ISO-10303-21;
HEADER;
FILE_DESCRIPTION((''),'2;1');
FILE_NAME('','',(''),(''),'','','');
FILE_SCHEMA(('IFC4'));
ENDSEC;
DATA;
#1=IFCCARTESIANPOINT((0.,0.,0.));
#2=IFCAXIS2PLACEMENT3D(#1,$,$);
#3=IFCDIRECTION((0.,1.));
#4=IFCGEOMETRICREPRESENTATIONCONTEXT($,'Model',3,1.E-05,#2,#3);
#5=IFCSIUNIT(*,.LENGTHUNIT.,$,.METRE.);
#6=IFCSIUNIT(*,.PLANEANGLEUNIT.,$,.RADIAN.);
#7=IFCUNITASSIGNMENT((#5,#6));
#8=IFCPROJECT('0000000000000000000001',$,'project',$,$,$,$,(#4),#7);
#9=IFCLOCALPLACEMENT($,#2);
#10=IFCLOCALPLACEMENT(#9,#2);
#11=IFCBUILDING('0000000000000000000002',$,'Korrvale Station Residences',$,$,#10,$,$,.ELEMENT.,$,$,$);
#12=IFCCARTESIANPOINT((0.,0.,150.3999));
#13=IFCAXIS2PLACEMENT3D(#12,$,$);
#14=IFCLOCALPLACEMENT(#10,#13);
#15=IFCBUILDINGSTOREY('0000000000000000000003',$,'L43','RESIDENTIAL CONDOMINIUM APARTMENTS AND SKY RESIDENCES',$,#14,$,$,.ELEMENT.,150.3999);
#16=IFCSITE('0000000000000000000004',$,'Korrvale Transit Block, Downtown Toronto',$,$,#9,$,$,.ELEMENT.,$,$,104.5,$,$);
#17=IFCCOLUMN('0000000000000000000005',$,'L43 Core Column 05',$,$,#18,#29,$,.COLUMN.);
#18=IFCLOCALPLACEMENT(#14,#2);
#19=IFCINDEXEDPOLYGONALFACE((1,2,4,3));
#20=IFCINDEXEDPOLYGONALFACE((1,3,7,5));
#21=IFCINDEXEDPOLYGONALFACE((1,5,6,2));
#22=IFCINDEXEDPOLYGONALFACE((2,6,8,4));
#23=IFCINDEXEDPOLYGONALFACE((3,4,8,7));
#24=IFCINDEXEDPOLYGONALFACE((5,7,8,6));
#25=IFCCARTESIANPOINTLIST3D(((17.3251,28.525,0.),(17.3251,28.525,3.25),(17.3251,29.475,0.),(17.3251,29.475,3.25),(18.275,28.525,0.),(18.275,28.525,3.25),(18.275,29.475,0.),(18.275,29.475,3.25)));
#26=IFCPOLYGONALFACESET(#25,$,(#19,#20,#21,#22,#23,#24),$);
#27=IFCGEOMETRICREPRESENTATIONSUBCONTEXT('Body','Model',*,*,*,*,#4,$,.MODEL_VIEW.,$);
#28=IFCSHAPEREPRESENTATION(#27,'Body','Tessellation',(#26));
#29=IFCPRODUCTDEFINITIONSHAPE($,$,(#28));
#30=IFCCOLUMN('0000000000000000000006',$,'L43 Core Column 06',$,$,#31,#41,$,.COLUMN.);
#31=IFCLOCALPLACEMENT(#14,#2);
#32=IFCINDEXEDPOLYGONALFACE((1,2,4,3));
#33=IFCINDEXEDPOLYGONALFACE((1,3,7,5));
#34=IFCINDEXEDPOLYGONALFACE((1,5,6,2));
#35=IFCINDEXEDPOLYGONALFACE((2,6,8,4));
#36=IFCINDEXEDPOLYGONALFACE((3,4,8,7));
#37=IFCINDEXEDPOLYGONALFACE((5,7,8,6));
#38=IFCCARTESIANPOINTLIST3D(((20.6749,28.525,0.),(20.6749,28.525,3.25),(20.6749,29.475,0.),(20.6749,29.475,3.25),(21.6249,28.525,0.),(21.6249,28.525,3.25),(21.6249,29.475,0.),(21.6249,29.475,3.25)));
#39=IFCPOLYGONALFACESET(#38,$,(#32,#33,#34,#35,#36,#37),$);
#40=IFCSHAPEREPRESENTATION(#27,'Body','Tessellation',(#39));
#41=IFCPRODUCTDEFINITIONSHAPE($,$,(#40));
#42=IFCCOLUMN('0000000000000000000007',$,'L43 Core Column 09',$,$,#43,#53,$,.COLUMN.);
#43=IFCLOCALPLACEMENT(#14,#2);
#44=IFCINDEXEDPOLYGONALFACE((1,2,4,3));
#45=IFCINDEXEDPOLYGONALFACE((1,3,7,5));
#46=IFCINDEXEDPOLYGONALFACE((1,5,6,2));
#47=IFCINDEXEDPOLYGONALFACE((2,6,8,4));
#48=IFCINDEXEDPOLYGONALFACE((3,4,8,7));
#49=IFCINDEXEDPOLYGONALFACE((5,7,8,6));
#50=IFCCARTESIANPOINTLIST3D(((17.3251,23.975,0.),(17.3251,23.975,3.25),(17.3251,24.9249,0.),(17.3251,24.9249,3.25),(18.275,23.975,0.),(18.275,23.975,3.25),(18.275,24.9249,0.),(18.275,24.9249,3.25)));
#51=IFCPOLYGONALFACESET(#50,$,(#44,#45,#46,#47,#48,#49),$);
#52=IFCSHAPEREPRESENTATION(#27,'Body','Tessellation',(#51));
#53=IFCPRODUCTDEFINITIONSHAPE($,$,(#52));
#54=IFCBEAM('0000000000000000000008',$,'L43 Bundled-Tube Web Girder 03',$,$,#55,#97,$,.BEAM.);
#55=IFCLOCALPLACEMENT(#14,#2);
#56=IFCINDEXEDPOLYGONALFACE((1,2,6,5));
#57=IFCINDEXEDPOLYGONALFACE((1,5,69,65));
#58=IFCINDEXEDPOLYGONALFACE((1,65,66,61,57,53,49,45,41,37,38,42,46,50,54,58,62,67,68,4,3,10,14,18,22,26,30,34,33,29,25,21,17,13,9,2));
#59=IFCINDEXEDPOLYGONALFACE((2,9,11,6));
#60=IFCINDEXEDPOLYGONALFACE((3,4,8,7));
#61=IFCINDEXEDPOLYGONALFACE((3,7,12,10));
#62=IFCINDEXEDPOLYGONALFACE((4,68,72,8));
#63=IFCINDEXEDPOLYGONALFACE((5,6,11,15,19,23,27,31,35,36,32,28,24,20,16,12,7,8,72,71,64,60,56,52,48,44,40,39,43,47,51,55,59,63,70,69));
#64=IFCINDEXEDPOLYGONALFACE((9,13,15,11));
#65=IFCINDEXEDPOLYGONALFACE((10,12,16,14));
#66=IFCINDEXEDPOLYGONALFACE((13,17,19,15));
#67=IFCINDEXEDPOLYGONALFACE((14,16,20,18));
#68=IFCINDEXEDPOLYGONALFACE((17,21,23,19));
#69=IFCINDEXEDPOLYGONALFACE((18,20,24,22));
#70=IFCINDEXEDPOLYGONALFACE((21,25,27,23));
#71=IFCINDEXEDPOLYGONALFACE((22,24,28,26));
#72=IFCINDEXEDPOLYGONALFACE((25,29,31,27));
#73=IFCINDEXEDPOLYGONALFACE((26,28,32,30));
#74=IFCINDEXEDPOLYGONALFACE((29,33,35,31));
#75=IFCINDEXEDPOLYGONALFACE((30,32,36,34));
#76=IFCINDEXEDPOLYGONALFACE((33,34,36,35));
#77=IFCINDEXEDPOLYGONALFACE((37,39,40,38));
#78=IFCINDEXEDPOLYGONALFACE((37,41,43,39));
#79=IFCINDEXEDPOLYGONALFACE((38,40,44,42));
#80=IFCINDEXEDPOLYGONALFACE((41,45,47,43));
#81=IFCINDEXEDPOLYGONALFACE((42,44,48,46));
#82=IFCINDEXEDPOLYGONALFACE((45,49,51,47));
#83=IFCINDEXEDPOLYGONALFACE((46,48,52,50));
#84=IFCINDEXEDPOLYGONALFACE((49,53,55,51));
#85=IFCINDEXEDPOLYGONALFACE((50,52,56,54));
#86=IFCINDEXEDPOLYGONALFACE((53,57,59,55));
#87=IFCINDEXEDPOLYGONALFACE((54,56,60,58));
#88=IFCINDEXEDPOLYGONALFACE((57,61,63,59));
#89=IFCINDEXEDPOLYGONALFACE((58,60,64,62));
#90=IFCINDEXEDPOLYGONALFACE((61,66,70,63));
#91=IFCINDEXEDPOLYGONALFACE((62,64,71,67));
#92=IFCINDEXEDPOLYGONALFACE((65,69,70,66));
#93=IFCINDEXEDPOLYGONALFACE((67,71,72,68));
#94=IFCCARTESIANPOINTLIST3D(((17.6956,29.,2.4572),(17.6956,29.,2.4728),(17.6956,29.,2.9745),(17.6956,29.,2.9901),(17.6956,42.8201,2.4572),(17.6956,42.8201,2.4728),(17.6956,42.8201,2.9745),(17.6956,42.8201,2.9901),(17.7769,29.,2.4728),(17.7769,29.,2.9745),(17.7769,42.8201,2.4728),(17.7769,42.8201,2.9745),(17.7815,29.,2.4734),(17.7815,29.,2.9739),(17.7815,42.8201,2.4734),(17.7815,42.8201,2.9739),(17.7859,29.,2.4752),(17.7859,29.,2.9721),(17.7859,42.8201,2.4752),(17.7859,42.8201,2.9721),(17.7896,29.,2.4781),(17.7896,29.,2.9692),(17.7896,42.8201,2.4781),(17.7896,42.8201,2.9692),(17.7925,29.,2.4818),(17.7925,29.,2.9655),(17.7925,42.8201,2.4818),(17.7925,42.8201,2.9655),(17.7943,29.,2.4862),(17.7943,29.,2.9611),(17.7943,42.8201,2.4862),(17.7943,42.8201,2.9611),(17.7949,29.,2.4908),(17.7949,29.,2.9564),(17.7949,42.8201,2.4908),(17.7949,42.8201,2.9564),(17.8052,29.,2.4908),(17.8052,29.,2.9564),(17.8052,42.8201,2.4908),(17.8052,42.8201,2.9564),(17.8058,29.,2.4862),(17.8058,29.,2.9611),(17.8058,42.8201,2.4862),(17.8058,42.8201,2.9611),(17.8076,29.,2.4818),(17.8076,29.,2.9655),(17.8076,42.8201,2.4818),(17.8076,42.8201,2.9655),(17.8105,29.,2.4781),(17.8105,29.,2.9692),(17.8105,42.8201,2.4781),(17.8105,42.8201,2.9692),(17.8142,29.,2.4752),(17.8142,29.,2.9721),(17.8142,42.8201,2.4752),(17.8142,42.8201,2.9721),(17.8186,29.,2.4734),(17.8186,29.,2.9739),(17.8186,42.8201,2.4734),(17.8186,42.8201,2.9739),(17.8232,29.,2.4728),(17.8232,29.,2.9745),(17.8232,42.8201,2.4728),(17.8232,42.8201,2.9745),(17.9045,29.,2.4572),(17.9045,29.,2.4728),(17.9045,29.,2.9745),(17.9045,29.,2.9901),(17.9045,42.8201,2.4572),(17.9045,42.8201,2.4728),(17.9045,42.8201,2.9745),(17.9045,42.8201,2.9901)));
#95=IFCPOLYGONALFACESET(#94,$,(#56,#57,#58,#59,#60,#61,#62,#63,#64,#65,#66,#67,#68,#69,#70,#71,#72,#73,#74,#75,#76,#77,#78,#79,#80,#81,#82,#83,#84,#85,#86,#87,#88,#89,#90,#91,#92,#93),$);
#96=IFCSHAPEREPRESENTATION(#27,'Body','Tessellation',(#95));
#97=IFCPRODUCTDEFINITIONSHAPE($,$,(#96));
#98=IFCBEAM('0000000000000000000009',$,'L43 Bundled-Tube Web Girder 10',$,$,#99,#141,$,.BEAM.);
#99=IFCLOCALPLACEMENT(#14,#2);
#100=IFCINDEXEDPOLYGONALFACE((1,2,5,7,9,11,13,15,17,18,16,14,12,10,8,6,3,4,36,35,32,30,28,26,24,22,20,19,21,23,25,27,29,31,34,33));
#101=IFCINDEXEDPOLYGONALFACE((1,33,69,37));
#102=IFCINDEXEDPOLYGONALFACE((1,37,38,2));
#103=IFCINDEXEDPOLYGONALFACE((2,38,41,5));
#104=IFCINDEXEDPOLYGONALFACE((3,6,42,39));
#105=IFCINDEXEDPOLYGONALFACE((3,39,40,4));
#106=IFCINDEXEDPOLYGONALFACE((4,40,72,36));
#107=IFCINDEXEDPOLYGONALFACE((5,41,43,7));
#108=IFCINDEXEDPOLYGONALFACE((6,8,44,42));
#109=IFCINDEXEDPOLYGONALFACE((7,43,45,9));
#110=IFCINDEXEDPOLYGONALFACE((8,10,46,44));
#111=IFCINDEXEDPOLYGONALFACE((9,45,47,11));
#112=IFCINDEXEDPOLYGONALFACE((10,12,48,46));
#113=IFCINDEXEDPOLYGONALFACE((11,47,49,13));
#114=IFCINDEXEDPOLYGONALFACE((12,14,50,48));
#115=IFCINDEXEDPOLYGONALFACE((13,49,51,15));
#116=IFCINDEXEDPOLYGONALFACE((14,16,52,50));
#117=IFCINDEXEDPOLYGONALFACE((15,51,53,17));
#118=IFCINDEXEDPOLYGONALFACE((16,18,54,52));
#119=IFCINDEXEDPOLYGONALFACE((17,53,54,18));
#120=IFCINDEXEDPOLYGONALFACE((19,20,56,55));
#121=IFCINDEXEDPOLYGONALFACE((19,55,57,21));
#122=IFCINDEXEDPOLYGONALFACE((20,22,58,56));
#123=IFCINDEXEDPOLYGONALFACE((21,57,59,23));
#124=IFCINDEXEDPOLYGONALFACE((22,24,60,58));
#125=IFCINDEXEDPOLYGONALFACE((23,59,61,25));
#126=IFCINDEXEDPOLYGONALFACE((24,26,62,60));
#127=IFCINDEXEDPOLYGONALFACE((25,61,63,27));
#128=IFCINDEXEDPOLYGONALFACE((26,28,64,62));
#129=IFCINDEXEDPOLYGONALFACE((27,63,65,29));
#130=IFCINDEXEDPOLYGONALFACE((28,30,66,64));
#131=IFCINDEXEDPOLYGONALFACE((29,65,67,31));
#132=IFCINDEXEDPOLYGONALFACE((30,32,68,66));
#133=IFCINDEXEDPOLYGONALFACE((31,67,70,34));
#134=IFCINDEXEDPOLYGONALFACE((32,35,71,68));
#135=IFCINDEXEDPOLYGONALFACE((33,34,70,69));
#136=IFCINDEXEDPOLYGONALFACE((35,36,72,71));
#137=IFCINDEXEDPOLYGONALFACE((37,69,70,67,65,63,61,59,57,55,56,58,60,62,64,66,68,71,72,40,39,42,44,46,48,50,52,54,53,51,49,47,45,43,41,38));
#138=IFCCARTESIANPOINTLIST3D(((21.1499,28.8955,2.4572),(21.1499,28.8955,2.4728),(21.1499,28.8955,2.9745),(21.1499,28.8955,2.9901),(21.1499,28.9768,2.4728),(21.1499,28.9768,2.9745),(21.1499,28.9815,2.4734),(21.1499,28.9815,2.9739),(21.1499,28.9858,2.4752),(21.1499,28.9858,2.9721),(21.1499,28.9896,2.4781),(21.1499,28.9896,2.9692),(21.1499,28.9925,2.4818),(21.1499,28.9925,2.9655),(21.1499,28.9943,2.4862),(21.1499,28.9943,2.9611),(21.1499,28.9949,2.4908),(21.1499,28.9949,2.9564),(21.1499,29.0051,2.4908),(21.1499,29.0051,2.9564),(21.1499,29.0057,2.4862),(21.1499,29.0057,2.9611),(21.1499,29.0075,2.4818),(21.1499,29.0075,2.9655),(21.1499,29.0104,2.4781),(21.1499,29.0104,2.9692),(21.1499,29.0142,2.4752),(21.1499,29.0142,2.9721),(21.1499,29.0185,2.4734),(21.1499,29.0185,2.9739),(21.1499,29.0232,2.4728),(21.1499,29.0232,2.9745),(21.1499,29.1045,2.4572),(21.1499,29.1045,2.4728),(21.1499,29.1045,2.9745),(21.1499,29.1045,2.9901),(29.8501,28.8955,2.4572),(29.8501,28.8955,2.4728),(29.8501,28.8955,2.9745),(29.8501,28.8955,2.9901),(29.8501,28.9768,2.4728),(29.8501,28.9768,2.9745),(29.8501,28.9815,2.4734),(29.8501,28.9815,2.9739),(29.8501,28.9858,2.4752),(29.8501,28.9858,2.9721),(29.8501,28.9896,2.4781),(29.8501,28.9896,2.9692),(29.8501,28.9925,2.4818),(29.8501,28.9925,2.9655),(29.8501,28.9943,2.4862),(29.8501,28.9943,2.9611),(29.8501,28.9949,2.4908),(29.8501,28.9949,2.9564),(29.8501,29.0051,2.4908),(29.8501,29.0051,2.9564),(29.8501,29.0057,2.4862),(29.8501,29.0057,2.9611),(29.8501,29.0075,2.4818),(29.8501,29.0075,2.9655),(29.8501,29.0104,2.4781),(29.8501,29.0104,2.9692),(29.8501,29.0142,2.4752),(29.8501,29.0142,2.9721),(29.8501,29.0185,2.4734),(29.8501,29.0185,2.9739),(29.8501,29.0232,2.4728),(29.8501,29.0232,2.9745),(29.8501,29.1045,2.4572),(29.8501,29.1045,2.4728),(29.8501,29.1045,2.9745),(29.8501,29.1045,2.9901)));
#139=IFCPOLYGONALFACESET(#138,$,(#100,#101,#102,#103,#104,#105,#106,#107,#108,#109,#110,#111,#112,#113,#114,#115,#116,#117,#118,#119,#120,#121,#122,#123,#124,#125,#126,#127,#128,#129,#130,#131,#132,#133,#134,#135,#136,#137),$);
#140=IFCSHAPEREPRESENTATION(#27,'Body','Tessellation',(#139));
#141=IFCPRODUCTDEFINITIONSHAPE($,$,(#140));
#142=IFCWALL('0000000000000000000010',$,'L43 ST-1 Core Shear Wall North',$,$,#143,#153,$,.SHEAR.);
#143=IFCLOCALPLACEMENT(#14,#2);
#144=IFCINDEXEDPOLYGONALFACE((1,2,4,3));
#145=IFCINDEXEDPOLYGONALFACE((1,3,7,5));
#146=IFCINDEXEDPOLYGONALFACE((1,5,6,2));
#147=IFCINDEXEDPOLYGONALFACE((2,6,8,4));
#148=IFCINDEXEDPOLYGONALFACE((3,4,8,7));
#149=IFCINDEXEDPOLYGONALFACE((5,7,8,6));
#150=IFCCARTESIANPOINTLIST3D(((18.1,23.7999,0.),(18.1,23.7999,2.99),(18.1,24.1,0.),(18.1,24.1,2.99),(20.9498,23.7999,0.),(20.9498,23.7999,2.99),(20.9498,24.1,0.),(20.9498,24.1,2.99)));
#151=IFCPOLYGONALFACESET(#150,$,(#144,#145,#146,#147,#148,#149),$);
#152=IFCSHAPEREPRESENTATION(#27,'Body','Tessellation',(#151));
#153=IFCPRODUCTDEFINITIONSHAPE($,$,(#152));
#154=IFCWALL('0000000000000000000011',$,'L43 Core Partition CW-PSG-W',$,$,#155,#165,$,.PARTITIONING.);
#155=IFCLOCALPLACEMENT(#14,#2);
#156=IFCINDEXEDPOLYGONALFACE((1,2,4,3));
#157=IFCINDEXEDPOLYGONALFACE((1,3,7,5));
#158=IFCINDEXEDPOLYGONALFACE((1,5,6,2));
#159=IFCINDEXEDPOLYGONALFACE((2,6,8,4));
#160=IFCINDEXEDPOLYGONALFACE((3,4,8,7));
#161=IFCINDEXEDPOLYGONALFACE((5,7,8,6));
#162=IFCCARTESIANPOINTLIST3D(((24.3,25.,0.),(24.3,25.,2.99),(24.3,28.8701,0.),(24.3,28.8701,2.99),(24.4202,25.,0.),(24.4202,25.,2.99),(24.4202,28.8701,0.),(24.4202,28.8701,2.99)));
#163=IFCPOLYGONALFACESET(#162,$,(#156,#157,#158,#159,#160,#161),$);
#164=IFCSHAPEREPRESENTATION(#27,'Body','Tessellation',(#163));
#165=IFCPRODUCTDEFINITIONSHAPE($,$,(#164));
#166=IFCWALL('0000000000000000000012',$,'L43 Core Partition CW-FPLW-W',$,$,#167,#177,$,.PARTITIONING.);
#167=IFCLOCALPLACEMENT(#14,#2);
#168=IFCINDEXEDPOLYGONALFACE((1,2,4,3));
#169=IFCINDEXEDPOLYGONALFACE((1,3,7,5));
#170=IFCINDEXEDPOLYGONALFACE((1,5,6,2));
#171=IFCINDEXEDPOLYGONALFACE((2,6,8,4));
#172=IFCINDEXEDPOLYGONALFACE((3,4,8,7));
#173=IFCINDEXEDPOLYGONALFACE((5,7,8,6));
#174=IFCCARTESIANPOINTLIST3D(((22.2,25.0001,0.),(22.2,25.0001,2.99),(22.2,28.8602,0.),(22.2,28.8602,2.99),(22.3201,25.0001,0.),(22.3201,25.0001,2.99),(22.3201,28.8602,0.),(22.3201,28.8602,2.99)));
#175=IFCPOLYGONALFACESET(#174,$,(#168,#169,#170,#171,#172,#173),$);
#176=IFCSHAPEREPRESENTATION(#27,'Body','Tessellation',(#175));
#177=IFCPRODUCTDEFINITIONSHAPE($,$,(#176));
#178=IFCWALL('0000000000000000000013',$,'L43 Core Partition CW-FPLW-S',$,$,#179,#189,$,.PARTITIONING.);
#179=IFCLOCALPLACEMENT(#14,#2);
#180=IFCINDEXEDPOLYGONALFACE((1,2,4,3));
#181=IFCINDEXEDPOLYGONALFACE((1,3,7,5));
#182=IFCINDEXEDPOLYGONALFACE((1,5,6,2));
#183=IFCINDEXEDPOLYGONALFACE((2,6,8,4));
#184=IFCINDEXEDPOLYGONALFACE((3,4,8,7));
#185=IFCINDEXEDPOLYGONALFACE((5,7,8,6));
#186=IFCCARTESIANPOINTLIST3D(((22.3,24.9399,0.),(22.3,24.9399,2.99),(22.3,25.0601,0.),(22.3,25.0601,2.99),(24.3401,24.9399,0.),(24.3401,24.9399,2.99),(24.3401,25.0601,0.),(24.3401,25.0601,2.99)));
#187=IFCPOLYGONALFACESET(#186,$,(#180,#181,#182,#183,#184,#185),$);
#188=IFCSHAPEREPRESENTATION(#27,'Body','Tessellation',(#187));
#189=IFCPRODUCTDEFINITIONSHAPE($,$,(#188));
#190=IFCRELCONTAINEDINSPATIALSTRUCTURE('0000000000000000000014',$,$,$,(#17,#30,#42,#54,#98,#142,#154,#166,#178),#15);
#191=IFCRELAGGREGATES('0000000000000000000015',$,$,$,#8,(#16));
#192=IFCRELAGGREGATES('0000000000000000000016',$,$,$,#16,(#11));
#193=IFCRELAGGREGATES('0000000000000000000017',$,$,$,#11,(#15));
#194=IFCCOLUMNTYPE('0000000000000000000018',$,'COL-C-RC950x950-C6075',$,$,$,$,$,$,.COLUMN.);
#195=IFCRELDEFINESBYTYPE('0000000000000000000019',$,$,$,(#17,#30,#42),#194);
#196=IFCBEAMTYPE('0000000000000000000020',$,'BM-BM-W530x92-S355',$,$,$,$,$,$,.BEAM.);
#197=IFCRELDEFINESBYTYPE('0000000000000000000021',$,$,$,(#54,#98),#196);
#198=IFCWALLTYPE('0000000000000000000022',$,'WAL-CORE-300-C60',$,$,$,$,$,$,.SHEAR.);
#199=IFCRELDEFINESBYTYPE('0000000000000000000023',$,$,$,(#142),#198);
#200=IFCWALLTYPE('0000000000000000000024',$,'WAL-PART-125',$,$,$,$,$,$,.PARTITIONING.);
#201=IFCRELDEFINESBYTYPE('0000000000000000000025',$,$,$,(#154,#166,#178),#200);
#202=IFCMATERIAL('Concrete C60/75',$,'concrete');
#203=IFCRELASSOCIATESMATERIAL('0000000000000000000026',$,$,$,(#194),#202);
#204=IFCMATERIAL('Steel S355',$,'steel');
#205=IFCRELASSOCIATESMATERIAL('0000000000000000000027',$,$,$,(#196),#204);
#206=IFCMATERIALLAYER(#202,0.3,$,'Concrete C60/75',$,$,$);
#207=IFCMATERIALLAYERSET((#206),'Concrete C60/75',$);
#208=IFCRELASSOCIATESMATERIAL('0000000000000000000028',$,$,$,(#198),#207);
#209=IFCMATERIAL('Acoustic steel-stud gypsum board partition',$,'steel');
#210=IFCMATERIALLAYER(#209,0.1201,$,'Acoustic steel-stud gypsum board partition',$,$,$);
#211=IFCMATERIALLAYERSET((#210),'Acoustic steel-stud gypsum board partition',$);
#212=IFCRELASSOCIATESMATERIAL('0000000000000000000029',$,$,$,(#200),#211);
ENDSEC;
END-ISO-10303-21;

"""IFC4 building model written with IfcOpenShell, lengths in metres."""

from ifc_helpers import new_model, si_unit, direction, frame, frame_2d, origin, origin_2d, place, context, subcontext, project, spatial, rectangle, i_section, extrude, material, layer, layer_set, material_profile, profile_set, type_object, element, save


model = new_model("IFC4")

# Units and contexts
model_context = context("Model", 3, precision=1e-05, world=origin(), true_north=direction((0.0, 1.0)))
body_context = subcontext(model_context, "Body", "Model", "MODEL_VIEW")
ifc_project = project(units=[si_unit("LENGTHUNIT", "METRE"), si_unit("PLANEANGLEUNIT", "RADIAN")], contexts=[model_context])

# Site, building, storey
site_placement = place(None, origin())
site = spatial("IfcSite", under=ifc_project, at=site_placement, Name="Korrvale Transit Block, Downtown Toronto", CompositionType="ELEMENT", RefElevation=104.5)
building_placement = place(site_placement, origin())
building = spatial("IfcBuilding", under=site, at=building_placement, Name="Korrvale Station Residences", CompositionType="ELEMENT")
storey_placement = place(building_placement, frame((0.0, 0.0, 150.3999)))
storey = spatial("IfcBuildingStorey", under=building, at=storey_placement, Name="L43", Description="RESIDENTIAL CONDOMINIUM APARTMENTS AND SKY RESIDENCES", CompositionType="ELEMENT", Elevation=150.3999)

# Columns
ifc_material_1 = material(Name="Concrete C60/75", Category="concrete")
ifc_material_profile_1 = material_profile(ifc_material_1, rectangle(XDim=0.95, YDim=0.95, at=origin_2d()), Name="RC950x950")
ifc_profile_set_1 = profile_set([ifc_material_profile_1], Name="Concrete C60/75")
column_type = type_object("IfcColumnType", Name="COL-C-RC950x950-C6075", PredefinedType="COLUMN", material=ifc_profile_set_1)
for number, where, z_axis, x_axis, name in (
    (1, (17.8, 29.0, 0.0), (0.0, 0.0, 1.0), (1.0, 0.0, 0.0), "L43 Core Column 05"),
    (2, (21.1499, 29.0, 0.0), (0.0, 0.0, 1.0), (1.0, 0.0, 0.0), "L43 Core Column 06"),
    (3, (17.8, 24.45, 0.0), (0.0, 0.0, 1.0), (1.0, 0.0, 0.0), "L43 Core Column 09"),
):
    element("IfcColumn", number, at=place(storey_placement, frame(where, z_axis=z_axis, x_axis=x_axis)), inside=storey, type_object=column_type, Name=name, PredefinedType="COLUMN", context=body_context, shape_type="SweptSolid", body=[
        extrude(rectangle(XDim=0.95, YDim=0.95, at=origin_2d()), origin(), (0.0, 0.0, 1.0), 3.25),
    ])

# Beams
ifc_material_2 = material(Name="Steel S355", Category="steel")
ifc_material_profile_2 = material_profile(ifc_material_2, i_section(OverallWidth=0.209, OverallDepth=0.533, WebThickness=0.0103, FlangeThickness=0.0156, FilletRadius=0.0181, at=origin_2d()), Name="W530x92")
ifc_profile_set_2 = profile_set([ifc_material_profile_2], Name="Steel S355")
beam_type = type_object("IfcBeamType", Name="BM-BM-W530x92-S355", PredefinedType="BEAM", material=ifc_profile_set_2)
beam_1_placement = place(storey_placement, frame((17.8, 29.0, 2.7236), z_axis=(0.0, 1.0, 0.0), x_axis=(-1.0, 0.0, 0.0)))
element("IfcBeam", 4, at=beam_1_placement, inside=storey, type_object=beam_type, Name="L43 Bundled-Tube Web Girder 03", PredefinedType="BEAM", context=body_context, shape_type="SweptSolid", body=[
    extrude(i_section(OverallWidth=0.209, OverallDepth=0.533, WebThickness=0.0103, FlangeThickness=0.0156, FilletRadius=0.0181, at=origin_2d()), origin(), (0.0, 0.0, 1.0), 13.8201),
])
beam_2_placement = place(storey_placement, frame((21.1499, 29.0, 2.7236), z_axis=(1.0, 0.0, 0.0), x_axis=(0.0, 1.0, 0.0)))
element("IfcBeam", 5, at=beam_2_placement, inside=storey, type_object=beam_type, Name="L43 Bundled-Tube Web Girder 10", PredefinedType="BEAM", context=body_context, shape_type="SweptSolid", body=[
    extrude(i_section(OverallWidth=0.209, OverallDepth=0.533, WebThickness=0.0103, FlangeThickness=0.0156, FilletRadius=0.0181, at=origin_2d()), origin(), (0.0, 0.0, 1.0), 8.7002),
])

# Walls
ifc_layer_1 = layer(ifc_material_1, 0.3, Name="Concrete C60/75")
ifc_layer_set_1 = layer_set([ifc_layer_1], Name="Concrete C60/75")
wall_type_1 = type_object("IfcWallType", Name="WAL-CORE-300-C60", PredefinedType="SHEAR", material=ifc_layer_set_1)
wall_1_placement = place(storey_placement, frame((18.1001, 23.95, 0.0), z_axis=(0.0, 0.0, 1.0), x_axis=(1.0, 0.0, 0.0)))
element("IfcWall", 6, at=wall_1_placement, inside=storey, type_object=wall_type_1, Name="L43 ST-1 Core Shear Wall North", PredefinedType="SHEAR", context=body_context, shape_type="SweptSolid", body=[
    extrude(rectangle(XDim=2.8499, YDim=0.3, at=frame_2d((1.4248, 0.0))), origin(), (0.0, 0.0, 1.0), 2.99),
])
ifc_material_3 = material(Name="Acoustic steel-stud gypsum board partition", Category="steel")
ifc_layer_2 = layer(ifc_material_3, 0.1201, Name="Acoustic steel-stud gypsum board partition")
ifc_layer_set_2 = layer_set([ifc_layer_2], Name="Acoustic steel-stud gypsum board partition")
wall_type_2 = type_object("IfcWallType", Name="WAL-PART-125", PredefinedType="PARTITIONING", material=ifc_layer_set_2)
wall_2_placement = place(storey_placement, frame((24.3601, 25.0, 0.0), z_axis=(0.0, 0.0, 1.0), x_axis=(0.0, 1.0, 0.0)))
element("IfcWall", 7, at=wall_2_placement, inside=storey, type_object=wall_type_2, Name="L43 Core Partition CW-PSG-W", PredefinedType="PARTITIONING", context=body_context, shape_type="SweptSolid", body=[
    extrude(rectangle(XDim=3.8701, YDim=0.1201, at=frame_2d((1.9351, 0.0))), origin(), (0.0, 0.0, 1.0), 2.99),
])
wall_3_placement = place(storey_placement, frame((22.26, 25.0, 0.0), z_axis=(0.0, 0.0, 1.0), x_axis=(0.0, 1.0, 0.0)))
element("IfcWall", 8, at=wall_3_placement, inside=storey, type_object=wall_type_2, Name="L43 Core Partition CW-FPLW-W", PredefinedType="PARTITIONING", context=body_context, shape_type="SweptSolid", body=[
    extrude(rectangle(XDim=3.8601, YDim=0.1201, at=frame_2d((1.9302, 0.0))), origin(), (0.0, 0.0, 1.0), 2.99),
])
wall_4_placement = place(storey_placement, frame((22.3, 25.0, 0.0), z_axis=(0.0, 0.0, 1.0), x_axis=(1.0, 0.0, 0.0)))
element("IfcWall", 9, at=wall_4_placement, inside=storey, type_object=wall_type_2, Name="L43 Core Partition CW-FPLW-S", PredefinedType="PARTITIONING", context=body_context, shape_type="SweptSolid", body=[
    extrude(rectangle(XDim=2.04, YDim=0.1201, at=frame_2d((1.02, 0.0))), origin(), (0.0, 0.0, 1.0), 2.99),
])

save(model, "model.ifc")
